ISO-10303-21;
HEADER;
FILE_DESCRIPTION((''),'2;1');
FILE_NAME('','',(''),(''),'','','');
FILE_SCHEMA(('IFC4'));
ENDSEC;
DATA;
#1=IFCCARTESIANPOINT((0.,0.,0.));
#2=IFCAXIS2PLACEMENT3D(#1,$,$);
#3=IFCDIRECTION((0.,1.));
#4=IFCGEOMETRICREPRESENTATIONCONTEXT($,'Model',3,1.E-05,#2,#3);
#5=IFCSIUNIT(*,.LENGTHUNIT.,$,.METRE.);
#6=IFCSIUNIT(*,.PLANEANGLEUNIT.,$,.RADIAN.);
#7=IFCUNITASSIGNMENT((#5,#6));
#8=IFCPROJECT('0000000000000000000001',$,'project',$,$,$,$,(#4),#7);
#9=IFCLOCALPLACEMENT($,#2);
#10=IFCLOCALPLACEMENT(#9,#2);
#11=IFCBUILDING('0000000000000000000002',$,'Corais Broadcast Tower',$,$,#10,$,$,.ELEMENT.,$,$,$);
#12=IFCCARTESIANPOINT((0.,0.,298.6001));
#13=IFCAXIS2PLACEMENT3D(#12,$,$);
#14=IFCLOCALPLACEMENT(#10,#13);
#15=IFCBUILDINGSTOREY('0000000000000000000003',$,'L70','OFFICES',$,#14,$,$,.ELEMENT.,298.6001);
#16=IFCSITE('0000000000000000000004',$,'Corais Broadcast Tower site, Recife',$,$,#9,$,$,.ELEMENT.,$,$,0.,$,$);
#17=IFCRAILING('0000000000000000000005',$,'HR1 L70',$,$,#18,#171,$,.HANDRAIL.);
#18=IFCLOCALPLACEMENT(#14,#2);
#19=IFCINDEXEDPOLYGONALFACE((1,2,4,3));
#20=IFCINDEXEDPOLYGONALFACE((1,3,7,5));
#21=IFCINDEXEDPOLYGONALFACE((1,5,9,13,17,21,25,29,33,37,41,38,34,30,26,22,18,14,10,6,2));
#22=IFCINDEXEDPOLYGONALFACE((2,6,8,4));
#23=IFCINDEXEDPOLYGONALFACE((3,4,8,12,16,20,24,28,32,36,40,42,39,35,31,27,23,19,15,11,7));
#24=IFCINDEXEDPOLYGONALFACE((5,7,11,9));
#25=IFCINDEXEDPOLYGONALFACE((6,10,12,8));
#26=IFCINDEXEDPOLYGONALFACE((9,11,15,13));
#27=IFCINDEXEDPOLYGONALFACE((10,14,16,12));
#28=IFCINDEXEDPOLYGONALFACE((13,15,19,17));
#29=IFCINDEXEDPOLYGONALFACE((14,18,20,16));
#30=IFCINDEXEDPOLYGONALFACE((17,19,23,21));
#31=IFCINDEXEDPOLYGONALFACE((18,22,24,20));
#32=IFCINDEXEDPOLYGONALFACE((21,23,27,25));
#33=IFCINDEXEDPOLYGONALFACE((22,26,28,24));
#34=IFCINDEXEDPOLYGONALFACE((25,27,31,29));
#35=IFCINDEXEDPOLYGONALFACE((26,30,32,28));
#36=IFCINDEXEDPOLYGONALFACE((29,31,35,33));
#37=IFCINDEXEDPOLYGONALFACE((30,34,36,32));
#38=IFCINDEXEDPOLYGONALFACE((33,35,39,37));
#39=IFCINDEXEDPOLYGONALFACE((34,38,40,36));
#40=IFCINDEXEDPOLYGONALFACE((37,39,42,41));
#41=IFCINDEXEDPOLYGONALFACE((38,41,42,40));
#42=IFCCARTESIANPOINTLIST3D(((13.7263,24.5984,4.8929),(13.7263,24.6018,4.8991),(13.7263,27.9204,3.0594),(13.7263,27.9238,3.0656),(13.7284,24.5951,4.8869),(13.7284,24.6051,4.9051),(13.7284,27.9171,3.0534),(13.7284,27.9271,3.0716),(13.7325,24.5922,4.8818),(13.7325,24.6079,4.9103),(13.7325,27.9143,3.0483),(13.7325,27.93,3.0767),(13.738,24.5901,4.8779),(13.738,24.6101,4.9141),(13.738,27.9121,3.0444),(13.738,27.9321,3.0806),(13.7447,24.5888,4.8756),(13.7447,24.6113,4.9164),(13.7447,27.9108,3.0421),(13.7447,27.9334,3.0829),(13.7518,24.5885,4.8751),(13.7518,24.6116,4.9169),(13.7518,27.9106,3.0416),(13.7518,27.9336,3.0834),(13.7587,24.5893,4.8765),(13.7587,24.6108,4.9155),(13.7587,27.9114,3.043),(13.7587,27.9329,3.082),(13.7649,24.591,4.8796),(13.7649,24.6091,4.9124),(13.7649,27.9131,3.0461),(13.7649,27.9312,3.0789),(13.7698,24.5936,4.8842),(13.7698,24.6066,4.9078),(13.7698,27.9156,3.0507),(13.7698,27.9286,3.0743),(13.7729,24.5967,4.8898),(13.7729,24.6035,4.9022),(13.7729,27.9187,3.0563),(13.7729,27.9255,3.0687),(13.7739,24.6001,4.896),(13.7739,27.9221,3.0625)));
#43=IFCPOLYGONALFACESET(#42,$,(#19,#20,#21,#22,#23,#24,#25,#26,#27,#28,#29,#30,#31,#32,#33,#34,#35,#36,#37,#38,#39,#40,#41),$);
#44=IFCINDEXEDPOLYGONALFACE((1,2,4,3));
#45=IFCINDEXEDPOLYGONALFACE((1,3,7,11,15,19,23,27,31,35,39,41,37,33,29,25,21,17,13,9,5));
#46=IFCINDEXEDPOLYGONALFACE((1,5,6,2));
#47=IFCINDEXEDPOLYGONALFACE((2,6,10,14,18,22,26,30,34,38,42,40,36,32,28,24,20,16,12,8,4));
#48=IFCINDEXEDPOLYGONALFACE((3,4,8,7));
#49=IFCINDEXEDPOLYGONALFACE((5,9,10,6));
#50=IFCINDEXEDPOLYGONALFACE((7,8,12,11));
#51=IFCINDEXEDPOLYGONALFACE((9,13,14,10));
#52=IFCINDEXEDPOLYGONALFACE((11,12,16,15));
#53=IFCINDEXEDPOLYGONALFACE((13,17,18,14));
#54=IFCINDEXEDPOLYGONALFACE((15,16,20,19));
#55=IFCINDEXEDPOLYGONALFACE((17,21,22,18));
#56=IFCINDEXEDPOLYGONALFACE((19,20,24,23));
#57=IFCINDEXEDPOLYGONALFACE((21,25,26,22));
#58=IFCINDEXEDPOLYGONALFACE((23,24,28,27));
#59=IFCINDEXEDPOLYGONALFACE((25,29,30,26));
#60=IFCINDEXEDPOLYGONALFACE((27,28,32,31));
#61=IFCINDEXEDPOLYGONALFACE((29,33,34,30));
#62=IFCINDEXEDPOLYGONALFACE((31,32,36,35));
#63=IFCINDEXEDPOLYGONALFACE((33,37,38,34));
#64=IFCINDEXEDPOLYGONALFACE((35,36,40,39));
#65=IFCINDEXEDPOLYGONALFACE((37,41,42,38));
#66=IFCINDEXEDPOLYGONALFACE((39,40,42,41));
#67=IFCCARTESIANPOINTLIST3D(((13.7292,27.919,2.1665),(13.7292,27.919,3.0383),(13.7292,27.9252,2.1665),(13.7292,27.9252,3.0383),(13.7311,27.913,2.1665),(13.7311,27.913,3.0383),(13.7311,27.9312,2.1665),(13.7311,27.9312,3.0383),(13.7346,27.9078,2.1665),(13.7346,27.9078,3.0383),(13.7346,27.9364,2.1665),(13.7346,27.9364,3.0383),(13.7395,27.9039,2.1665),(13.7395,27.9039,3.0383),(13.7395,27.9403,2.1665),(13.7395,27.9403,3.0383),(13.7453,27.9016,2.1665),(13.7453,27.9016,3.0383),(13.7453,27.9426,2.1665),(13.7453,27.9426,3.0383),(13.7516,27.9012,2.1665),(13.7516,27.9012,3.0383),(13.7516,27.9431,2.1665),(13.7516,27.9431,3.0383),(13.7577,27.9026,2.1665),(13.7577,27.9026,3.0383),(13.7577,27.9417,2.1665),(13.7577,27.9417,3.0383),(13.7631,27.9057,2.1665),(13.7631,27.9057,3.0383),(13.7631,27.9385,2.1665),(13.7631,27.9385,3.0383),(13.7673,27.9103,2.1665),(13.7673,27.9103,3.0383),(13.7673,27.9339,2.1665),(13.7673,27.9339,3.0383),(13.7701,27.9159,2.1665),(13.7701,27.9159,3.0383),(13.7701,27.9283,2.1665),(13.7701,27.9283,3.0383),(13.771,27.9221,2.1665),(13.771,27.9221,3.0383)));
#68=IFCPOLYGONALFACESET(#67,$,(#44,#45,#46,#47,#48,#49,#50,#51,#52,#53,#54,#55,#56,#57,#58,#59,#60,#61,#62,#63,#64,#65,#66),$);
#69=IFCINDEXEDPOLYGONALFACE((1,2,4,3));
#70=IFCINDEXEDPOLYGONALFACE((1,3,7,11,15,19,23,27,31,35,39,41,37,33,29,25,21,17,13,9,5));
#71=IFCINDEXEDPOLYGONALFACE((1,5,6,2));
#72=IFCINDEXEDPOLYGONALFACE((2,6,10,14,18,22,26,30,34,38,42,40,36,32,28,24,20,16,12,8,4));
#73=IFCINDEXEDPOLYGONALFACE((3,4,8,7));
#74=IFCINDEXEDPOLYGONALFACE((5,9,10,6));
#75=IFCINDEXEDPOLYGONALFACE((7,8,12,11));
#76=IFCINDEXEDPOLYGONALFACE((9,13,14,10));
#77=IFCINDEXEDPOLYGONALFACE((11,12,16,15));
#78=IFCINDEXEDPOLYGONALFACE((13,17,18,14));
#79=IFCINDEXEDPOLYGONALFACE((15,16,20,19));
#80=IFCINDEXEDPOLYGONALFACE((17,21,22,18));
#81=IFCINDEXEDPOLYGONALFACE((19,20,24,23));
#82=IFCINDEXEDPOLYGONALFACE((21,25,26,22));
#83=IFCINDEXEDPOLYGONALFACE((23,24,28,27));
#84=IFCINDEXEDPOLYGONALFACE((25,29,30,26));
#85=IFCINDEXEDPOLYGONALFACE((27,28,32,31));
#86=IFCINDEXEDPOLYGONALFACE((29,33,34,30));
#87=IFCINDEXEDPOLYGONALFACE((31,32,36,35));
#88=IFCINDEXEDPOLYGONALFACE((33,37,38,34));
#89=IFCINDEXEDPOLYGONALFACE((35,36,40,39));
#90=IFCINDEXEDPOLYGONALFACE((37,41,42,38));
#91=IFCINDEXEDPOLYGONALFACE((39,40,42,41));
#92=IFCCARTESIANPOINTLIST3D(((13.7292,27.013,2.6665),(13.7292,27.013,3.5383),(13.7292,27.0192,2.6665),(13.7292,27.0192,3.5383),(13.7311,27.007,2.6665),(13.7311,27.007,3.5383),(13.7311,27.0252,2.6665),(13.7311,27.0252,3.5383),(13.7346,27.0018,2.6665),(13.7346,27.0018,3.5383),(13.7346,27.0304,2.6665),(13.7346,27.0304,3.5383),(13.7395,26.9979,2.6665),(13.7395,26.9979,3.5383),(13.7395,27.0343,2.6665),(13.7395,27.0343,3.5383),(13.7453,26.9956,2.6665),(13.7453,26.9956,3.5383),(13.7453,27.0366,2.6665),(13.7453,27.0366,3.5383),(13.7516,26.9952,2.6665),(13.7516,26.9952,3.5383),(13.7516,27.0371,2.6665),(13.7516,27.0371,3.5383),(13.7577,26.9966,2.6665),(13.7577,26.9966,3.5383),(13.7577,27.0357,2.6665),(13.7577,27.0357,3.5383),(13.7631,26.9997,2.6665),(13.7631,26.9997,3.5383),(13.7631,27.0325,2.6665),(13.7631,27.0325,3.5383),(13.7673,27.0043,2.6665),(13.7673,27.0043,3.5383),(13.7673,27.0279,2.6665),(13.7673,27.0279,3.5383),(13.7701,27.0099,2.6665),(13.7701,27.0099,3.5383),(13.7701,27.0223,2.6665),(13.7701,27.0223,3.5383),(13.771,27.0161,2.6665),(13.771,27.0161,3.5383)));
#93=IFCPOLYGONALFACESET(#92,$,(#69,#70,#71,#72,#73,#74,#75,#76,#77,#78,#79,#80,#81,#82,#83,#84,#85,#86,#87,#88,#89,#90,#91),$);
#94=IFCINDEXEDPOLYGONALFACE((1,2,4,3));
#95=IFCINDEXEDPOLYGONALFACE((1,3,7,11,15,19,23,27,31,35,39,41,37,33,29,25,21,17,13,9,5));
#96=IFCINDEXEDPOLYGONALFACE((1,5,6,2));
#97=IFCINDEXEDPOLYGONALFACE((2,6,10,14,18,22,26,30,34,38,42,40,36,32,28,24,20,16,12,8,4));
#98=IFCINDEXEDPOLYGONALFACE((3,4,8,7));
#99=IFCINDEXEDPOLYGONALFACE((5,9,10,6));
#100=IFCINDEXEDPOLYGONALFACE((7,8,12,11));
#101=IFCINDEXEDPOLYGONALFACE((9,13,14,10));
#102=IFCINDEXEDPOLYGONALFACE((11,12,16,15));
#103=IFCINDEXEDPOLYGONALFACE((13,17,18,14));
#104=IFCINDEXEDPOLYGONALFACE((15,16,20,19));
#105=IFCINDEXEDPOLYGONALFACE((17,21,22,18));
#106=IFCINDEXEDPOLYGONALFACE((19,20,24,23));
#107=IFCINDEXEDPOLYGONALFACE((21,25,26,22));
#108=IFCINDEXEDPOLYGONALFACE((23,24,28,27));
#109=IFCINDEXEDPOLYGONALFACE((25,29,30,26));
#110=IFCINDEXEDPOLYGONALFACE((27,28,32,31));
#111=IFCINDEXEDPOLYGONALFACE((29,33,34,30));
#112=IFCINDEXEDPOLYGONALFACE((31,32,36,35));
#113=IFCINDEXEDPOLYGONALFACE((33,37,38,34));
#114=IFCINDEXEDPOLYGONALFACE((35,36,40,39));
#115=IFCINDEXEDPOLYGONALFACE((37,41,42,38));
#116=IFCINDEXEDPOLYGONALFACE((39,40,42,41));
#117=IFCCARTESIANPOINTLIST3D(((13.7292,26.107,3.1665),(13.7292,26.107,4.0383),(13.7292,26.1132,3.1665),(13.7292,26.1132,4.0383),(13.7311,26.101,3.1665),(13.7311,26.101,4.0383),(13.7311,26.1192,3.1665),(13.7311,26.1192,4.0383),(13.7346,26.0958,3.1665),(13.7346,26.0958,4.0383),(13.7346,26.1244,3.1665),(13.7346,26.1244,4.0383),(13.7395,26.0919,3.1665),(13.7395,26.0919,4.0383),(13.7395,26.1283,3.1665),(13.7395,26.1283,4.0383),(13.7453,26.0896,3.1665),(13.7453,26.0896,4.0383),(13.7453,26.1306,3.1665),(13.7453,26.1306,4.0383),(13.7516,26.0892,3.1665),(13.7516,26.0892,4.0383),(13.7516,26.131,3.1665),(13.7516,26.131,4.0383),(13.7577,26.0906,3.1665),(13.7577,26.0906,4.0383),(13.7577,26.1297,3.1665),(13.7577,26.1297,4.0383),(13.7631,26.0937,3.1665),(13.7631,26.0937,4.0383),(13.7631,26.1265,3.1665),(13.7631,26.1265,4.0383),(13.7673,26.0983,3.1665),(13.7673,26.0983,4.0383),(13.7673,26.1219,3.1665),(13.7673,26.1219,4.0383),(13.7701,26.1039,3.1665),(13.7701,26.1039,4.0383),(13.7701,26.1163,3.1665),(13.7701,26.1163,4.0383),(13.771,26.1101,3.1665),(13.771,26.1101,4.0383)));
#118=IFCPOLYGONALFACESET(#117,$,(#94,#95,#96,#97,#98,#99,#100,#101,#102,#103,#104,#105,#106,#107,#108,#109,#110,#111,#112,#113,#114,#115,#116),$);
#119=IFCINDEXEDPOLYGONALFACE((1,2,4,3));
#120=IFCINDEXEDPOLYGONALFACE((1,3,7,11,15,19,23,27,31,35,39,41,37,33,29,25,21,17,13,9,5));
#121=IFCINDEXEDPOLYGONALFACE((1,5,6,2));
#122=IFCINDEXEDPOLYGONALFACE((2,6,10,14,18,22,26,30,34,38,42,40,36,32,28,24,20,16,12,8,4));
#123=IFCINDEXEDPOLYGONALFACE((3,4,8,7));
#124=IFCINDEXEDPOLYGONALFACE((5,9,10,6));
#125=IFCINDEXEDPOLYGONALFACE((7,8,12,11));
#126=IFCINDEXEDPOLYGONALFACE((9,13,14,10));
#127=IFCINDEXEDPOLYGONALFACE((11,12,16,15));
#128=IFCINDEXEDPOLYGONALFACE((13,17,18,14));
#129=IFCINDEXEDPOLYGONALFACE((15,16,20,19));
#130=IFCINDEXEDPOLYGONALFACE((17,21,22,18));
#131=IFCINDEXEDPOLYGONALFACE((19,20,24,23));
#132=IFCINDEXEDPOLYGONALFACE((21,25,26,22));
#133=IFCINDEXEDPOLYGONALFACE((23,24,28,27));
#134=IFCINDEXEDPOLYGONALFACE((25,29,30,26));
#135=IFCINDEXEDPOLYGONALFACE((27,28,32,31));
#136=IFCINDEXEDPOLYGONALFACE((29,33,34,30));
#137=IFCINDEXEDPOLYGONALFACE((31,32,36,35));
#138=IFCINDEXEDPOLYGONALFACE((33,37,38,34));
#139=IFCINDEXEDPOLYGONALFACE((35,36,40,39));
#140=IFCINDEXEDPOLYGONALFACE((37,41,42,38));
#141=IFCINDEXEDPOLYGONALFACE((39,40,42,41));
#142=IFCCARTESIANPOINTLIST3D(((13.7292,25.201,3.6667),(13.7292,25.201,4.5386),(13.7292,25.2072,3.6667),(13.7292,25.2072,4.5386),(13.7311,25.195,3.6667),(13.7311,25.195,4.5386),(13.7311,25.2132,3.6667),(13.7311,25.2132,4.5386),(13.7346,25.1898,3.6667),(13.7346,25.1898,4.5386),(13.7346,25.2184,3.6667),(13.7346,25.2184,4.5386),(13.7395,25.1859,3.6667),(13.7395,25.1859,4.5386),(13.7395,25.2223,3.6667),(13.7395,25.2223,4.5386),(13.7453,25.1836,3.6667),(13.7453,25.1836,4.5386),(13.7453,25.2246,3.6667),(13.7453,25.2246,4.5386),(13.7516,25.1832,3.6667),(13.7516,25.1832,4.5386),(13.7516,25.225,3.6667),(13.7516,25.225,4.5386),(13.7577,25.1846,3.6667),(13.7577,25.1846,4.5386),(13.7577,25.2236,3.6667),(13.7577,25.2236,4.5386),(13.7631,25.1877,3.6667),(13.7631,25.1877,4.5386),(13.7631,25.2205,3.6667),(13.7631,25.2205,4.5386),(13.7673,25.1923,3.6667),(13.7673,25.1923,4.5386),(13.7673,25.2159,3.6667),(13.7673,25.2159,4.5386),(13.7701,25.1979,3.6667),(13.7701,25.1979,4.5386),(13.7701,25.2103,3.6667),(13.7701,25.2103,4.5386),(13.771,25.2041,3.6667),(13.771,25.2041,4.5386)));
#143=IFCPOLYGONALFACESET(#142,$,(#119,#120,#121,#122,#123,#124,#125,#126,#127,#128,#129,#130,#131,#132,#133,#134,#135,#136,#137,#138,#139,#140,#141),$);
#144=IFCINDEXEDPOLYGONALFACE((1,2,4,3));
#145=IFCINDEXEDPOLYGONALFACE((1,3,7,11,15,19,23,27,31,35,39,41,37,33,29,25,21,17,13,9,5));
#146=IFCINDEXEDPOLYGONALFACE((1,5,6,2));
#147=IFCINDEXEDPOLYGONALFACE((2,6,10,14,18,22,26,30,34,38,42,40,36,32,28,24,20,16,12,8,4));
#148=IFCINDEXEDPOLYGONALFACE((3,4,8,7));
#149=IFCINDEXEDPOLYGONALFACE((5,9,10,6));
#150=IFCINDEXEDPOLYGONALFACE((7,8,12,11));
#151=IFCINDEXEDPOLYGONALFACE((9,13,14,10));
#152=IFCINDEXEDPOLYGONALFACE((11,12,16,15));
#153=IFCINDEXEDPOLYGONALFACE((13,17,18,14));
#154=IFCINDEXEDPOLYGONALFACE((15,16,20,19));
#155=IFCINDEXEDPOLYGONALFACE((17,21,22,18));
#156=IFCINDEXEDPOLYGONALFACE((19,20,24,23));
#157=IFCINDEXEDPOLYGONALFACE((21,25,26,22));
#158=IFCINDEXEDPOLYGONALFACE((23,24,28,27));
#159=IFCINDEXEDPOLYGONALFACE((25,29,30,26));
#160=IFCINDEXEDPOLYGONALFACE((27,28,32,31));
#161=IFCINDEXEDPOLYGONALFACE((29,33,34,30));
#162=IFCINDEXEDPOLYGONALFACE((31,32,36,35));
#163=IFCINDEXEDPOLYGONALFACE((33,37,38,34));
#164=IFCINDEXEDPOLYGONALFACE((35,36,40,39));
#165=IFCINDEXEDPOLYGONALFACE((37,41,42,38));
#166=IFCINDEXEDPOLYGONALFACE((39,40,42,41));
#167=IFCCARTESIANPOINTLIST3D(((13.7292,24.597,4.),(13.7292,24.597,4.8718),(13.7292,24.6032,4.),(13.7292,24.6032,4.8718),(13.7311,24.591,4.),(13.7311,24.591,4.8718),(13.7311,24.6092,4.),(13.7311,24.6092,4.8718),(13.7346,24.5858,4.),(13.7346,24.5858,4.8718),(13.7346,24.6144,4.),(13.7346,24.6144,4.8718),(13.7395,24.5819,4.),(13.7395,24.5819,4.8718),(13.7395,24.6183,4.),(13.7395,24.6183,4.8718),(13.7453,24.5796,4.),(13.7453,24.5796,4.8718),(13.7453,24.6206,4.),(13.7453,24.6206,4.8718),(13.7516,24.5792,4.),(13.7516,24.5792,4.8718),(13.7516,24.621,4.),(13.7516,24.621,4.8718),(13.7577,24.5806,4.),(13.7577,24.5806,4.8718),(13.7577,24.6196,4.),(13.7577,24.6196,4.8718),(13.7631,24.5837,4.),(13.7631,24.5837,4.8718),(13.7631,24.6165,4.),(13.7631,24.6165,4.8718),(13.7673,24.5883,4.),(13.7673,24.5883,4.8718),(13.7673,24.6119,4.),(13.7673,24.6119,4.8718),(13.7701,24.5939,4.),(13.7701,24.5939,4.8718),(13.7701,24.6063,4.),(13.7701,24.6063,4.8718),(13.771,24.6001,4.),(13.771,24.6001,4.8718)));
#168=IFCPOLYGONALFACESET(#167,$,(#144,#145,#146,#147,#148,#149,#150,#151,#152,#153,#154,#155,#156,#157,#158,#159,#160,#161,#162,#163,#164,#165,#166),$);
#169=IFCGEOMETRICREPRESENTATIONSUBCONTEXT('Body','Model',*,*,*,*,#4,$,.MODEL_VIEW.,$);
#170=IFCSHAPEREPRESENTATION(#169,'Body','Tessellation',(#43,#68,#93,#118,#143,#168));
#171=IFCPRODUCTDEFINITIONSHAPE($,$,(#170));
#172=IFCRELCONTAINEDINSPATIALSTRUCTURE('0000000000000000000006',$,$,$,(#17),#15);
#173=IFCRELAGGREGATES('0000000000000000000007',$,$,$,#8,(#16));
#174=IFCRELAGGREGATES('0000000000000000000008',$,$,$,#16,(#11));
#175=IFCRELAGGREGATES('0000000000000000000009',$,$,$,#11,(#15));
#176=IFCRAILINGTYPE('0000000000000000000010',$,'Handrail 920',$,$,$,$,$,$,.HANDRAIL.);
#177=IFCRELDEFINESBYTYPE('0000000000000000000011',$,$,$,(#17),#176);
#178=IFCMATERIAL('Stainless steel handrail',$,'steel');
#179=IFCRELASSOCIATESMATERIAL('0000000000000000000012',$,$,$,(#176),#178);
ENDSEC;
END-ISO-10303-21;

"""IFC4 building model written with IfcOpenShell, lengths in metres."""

from ifc_helpers import new_model, si_unit, direction, frame, origin, origin_2d, place, context, subcontext, project, spatial, circle, extrude, material, type_object, element, save


model = new_model("IFC4")

# Units and contexts
model_context = context("Model", 3, precision=1e-05, world=origin(), true_north=direction((0.0, 1.0)))
body_context = subcontext(model_context, "Body", "Model", "MODEL_VIEW")
ifc_project = project(units=[si_unit("LENGTHUNIT", "METRE"), si_unit("PLANEANGLEUNIT", "RADIAN")], contexts=[model_context])

# Site, building, storey
site_placement = place(None, origin())
site = spatial("IfcSite", under=ifc_project, at=site_placement, Name="Corais Broadcast Tower site, Recife", CompositionType="ELEMENT", RefElevation=0.0)
building_placement = place(site_placement, origin())
building = spatial("IfcBuilding", under=site, at=building_placement, Name="Corais Broadcast Tower", CompositionType="ELEMENT")
storey_placement = place(building_placement, frame((0.0, 0.0, 298.6001)))
storey = spatial("IfcBuildingStorey", under=building, at=storey_placement, Name="L70", Description="OFFICES", CompositionType="ELEMENT", Elevation=298.6001)

# Railing
ifc_material_1 = material(Name="Stainless steel handrail", Category="steel")
railing_type = type_object("IfcRailingType", Name="Handrail 920", PredefinedType="HANDRAIL", material=ifc_material_1)
for number, where, name in (
    (1, (13.75, 27.9221, 2.1665), "HR1 L70"),
):
    element("IfcRailing", number, at=place(storey_placement, frame(where)), inside=storey, type_object=railing_type, Name=name, PredefinedType="HANDRAIL", context=body_context, shape_type="SweptSolid", body=[
        extrude(circle(Radius=0.0239, at=origin_2d()), frame((0.0, 0.0, 0.896), z_axis=(0.0, -0.875504, 0.48321), x_axis=(1.0, 0.0, 0.0)), (0.0, 0.0, 1.0), 3.7944),
        extrude(circle(Radius=0.021, at=origin_2d()), origin(), (0.0, 0.0, 1.0), 0.8718),
        extrude(circle(Radius=0.021, at=origin_2d()), frame((0.0, -0.906, 0.5)), (0.0, 0.0, 1.0), 0.8718),
        extrude(circle(Radius=0.021, at=origin_2d()), frame((0.0, -1.812, 1.0)), (0.0, 0.0, 1.0), 0.8718),
        extrude(circle(Radius=0.021, at=origin_2d()), frame((0.0, -2.718, 1.5002)), (0.0, 0.0, 1.0), 0.8718),
        extrude(circle(Radius=0.021, at=origin_2d()), frame((0.0, -3.322, 1.8335)), (0.0, 0.0, 1.0), 0.8718),
    ])

save(model, "model.ifc")
